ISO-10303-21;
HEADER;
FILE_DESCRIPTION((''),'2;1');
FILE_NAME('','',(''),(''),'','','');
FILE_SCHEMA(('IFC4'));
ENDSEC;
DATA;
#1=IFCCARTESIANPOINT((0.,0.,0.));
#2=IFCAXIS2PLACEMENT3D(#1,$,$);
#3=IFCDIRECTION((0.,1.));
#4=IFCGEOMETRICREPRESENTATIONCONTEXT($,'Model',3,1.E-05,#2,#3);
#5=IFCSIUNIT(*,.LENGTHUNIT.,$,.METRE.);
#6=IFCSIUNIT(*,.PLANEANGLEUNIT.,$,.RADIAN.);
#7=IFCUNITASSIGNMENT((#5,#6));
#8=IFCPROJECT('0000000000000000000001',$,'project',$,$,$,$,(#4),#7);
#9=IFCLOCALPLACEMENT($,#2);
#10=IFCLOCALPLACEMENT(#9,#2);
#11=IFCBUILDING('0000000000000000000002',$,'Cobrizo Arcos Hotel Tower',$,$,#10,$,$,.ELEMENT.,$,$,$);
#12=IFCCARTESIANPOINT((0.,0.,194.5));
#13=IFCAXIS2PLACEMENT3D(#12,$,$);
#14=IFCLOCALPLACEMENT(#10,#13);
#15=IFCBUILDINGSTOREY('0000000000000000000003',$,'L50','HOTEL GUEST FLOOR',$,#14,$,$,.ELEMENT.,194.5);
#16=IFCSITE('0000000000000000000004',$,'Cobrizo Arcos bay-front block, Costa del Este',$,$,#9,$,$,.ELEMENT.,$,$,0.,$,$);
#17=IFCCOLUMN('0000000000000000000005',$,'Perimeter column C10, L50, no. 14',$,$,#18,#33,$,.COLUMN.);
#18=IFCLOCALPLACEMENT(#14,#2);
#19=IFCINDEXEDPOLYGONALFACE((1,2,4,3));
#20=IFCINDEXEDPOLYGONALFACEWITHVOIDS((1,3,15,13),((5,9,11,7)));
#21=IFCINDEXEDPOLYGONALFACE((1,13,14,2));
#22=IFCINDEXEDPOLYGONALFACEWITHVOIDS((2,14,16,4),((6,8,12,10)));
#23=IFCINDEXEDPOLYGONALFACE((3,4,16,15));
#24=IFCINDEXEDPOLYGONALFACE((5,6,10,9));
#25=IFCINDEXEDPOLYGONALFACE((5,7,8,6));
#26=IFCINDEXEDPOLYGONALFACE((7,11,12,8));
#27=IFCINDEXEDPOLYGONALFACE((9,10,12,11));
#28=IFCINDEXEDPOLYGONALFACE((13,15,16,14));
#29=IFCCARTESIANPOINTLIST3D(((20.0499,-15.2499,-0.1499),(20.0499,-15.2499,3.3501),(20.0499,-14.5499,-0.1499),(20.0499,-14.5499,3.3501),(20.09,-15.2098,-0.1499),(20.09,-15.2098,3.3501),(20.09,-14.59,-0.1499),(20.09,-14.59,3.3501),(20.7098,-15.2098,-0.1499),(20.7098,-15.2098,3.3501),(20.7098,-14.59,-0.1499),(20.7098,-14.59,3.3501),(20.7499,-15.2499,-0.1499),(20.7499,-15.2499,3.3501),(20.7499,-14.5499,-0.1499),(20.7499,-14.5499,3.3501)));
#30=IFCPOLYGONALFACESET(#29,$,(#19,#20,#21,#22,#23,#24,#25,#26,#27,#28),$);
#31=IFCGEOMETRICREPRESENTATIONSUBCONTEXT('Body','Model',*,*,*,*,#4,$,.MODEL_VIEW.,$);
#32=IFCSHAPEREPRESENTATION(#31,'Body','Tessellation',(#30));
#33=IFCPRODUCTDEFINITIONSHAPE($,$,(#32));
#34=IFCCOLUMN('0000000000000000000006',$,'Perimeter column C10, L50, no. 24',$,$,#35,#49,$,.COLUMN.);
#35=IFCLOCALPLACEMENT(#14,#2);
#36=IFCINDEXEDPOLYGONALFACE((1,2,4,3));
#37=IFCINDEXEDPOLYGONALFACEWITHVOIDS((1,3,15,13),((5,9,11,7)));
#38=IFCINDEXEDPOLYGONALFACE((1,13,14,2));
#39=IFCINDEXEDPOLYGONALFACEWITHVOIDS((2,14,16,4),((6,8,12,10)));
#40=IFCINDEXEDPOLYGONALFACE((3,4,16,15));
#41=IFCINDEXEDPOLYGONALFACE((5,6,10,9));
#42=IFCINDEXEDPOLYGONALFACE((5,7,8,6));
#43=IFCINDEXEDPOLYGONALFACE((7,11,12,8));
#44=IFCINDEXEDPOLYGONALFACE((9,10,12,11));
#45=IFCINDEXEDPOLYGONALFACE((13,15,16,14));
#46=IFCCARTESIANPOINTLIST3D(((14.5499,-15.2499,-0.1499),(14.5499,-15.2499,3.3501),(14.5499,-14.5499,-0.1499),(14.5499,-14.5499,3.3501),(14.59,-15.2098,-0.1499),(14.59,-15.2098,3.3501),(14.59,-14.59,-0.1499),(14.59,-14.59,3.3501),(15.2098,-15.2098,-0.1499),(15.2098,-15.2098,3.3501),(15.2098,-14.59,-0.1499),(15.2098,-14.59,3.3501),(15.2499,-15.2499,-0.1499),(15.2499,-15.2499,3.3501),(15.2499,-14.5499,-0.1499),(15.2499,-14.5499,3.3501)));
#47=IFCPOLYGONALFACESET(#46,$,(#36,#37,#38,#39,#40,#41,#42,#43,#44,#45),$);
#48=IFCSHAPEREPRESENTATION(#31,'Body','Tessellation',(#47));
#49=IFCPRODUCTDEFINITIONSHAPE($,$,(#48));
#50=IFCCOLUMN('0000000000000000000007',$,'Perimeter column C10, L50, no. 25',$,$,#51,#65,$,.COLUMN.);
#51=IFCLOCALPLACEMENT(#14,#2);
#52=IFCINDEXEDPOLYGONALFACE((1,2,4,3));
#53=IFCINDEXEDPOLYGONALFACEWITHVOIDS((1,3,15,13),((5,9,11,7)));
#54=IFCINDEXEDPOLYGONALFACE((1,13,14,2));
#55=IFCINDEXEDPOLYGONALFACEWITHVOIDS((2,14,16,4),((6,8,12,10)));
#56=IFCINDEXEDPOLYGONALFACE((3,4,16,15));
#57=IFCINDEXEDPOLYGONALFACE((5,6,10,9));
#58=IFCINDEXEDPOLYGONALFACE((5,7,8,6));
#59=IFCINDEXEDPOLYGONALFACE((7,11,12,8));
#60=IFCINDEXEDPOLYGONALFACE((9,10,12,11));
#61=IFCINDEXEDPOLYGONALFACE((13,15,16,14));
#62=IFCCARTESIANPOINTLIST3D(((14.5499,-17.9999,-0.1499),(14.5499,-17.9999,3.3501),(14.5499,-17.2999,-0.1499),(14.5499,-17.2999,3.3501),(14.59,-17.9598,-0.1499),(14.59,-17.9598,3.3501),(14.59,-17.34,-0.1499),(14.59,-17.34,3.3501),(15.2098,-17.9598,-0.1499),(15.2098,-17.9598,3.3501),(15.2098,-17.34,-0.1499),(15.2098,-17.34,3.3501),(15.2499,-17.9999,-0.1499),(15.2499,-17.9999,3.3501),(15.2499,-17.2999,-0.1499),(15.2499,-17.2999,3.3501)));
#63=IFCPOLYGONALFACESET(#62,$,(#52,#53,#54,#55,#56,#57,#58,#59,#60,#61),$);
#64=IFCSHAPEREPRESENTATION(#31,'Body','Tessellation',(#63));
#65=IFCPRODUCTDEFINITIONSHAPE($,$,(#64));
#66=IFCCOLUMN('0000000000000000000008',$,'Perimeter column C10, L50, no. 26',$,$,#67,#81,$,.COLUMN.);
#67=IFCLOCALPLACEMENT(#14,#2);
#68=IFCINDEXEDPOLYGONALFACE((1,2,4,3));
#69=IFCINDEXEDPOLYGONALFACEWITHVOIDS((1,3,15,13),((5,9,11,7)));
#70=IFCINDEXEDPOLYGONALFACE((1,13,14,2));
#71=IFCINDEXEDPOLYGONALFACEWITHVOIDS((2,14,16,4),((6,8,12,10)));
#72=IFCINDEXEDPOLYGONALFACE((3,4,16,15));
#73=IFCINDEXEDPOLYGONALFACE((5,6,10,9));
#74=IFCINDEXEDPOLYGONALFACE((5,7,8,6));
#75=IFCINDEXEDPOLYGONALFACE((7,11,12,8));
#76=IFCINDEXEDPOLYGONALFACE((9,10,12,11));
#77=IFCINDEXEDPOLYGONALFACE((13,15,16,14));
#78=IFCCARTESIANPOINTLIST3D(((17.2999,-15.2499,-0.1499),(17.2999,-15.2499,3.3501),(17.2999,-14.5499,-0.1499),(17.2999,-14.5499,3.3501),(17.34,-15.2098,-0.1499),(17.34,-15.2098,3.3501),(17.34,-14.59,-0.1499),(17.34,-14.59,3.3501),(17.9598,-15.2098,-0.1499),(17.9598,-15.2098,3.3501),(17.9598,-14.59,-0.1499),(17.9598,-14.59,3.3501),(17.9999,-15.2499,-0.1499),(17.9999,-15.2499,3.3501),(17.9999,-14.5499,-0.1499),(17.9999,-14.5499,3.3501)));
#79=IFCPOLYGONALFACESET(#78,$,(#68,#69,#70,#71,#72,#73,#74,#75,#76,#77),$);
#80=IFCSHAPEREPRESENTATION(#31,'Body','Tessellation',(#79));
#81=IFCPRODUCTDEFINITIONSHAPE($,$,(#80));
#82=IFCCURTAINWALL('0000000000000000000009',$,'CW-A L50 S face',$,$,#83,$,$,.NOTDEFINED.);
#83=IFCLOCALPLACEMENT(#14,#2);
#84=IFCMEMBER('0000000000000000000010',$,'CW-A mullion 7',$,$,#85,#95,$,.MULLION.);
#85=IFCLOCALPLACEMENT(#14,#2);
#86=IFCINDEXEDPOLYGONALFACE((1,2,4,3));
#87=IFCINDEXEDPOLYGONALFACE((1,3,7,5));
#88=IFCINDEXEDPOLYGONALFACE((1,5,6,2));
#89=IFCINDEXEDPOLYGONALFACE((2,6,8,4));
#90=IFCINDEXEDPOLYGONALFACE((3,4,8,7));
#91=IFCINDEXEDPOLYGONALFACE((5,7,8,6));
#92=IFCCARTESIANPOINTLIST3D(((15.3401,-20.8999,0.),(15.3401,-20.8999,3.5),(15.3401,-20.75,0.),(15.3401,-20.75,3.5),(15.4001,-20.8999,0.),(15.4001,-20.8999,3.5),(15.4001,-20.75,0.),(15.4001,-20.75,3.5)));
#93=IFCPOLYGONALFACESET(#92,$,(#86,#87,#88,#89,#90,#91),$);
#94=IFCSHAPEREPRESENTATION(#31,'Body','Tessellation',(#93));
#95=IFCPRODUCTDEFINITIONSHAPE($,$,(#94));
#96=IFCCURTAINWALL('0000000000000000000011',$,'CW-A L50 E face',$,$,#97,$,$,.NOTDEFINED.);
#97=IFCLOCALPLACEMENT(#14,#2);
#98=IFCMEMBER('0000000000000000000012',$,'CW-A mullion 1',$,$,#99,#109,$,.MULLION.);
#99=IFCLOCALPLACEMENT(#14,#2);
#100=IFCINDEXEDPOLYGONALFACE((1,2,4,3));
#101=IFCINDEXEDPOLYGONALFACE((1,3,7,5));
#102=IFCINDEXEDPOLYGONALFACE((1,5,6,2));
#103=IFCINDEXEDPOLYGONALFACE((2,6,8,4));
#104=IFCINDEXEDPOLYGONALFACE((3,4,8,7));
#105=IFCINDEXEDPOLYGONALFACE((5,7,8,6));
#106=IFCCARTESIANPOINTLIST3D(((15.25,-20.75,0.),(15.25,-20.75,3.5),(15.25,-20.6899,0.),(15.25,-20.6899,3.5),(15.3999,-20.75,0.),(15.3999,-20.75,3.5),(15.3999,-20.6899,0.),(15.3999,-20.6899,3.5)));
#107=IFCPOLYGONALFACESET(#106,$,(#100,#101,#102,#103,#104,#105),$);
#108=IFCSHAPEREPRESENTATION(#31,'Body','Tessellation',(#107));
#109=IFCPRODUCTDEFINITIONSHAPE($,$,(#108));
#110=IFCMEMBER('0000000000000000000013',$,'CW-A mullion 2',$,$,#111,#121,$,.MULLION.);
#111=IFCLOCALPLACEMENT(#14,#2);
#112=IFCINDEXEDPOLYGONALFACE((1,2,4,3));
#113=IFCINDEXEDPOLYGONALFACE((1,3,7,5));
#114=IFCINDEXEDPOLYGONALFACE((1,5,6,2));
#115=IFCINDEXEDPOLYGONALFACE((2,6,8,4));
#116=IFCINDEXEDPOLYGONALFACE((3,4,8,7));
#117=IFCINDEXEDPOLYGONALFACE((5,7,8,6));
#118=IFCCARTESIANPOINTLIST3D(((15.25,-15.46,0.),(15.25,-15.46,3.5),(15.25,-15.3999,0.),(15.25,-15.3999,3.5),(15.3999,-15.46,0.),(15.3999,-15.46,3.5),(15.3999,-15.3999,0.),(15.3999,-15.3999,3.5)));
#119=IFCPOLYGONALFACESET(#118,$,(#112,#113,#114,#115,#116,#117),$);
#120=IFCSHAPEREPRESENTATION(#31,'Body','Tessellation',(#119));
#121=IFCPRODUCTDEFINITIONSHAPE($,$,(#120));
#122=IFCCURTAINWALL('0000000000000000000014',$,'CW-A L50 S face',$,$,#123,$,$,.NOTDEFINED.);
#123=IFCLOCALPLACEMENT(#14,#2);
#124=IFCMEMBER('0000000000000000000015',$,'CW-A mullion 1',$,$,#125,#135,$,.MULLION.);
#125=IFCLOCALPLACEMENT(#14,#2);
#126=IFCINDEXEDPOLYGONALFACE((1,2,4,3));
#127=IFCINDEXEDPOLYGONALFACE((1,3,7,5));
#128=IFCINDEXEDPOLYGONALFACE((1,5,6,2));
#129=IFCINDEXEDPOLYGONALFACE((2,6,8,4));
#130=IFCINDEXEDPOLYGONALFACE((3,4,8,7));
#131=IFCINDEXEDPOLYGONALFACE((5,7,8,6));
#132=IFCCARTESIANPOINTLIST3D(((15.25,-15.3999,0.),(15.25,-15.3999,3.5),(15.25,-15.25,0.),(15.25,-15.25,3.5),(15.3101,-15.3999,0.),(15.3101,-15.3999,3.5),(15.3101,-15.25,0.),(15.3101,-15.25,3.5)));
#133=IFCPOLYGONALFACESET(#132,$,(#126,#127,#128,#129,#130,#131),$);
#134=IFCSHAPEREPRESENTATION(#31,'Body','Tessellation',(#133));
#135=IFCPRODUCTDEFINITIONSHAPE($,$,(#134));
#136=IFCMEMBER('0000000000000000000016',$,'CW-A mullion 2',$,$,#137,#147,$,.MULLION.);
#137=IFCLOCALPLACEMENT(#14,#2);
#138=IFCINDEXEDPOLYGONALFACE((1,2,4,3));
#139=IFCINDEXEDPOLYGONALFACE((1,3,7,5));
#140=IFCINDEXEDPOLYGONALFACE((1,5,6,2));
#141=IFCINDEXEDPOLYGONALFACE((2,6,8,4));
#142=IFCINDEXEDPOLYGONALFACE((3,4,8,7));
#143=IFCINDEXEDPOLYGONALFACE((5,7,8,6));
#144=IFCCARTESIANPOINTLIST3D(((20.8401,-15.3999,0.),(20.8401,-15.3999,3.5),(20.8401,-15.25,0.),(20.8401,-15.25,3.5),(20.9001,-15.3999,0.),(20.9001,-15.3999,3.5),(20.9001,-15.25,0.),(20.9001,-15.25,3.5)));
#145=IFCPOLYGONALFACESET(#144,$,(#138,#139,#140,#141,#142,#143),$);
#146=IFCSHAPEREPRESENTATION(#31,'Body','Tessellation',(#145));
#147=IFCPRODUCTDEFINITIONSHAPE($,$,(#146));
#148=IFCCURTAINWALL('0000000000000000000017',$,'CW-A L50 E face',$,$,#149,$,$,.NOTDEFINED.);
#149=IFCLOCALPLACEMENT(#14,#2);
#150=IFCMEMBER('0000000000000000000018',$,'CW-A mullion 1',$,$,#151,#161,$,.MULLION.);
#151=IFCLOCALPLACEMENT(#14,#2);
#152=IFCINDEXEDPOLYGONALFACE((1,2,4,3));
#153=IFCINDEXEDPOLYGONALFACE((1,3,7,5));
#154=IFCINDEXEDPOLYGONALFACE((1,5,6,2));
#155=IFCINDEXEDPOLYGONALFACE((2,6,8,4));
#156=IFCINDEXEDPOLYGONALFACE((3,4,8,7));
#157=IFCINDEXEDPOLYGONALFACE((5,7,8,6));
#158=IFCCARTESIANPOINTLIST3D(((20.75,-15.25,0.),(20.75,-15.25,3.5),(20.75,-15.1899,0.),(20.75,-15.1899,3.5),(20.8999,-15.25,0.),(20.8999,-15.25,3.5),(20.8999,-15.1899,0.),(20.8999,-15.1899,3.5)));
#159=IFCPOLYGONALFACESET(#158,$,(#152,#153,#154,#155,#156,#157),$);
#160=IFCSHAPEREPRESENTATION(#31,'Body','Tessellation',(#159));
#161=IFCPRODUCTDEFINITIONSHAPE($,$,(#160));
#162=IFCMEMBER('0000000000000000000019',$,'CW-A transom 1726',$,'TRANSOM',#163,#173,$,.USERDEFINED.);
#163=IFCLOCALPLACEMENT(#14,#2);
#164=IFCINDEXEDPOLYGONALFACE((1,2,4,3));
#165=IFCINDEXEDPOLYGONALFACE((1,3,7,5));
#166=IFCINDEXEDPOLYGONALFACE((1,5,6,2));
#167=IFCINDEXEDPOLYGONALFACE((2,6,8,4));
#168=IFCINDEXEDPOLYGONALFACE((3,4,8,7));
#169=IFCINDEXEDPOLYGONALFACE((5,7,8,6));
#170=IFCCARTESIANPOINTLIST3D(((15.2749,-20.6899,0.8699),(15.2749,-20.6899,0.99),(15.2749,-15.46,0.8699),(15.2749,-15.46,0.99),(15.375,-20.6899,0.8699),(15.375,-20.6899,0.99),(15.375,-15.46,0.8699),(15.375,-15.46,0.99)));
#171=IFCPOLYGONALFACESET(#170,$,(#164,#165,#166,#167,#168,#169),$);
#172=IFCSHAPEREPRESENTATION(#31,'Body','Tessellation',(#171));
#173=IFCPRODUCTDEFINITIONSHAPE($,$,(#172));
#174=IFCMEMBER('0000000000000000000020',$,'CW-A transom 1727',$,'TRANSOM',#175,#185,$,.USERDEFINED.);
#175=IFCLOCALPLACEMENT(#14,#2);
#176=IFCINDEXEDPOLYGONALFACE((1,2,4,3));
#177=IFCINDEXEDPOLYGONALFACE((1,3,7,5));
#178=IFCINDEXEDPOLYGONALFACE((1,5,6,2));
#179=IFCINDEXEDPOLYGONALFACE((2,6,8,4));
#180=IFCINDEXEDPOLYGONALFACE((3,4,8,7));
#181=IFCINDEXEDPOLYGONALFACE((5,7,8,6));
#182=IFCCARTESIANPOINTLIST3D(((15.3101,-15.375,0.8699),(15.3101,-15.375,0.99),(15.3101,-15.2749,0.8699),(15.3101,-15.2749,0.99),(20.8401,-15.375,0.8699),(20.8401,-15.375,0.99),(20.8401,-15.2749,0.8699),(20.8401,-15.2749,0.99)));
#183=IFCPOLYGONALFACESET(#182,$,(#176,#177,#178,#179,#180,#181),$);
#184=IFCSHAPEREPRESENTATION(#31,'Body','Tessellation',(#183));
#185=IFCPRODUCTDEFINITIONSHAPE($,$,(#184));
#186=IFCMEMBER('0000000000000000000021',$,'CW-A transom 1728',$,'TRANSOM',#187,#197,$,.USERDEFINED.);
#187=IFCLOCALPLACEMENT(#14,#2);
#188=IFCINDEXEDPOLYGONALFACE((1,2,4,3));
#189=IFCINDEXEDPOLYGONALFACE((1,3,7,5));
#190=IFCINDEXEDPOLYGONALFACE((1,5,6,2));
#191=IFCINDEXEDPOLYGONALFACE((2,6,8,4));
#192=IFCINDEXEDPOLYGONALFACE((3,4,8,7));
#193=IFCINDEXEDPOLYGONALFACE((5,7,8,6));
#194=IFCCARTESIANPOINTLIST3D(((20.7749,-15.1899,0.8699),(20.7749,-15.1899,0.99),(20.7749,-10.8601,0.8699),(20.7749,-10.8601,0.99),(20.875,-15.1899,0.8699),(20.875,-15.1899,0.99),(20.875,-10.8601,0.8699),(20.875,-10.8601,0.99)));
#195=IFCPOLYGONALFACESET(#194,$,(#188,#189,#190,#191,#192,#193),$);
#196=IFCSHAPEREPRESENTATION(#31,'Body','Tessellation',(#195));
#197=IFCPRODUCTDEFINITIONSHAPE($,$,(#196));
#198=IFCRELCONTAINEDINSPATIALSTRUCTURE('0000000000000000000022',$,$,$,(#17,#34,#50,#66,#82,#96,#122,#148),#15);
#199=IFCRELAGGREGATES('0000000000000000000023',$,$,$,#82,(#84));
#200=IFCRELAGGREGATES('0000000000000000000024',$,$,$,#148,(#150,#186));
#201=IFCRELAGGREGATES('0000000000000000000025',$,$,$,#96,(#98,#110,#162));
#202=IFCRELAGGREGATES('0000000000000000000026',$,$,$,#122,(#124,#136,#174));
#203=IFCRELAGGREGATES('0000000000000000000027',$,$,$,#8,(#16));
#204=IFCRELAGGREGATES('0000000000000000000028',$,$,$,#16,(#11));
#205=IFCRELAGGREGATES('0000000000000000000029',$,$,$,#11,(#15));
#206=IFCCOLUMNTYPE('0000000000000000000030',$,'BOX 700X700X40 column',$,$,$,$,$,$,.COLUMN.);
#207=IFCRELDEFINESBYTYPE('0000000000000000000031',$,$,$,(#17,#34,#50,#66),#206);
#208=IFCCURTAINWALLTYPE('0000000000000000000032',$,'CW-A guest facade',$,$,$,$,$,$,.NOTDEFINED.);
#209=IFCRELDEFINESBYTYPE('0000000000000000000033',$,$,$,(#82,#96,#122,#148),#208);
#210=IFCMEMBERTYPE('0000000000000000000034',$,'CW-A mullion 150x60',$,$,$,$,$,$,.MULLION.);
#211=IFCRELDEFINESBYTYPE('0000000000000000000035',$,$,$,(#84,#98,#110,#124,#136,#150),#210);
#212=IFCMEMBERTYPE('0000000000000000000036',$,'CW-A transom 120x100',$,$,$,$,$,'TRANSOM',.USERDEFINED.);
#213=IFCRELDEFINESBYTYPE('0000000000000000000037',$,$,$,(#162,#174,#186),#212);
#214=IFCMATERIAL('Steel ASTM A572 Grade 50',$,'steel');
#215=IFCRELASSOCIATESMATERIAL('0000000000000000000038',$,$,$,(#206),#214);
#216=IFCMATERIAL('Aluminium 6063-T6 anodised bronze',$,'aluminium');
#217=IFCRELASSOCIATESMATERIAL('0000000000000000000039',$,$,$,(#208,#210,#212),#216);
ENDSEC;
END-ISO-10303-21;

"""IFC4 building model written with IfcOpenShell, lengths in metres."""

from ifc_helpers import new_model, si_unit, direction, frame, origin, origin_2d, place, context, subcontext, project, spatial, rectangle, hollow_rectangle, extrude, material, material_profile, profile_set, type_object, element, aggregate, save


model = new_model("IFC4")

# Units and contexts
model_context = context("Model", 3, precision=1e-05, world=origin(), true_north=direction((0.0, 1.0)))
body_context = subcontext(model_context, "Body", "Model", "MODEL_VIEW")
ifc_project = project(units=[si_unit("LENGTHUNIT", "METRE"), si_unit("PLANEANGLEUNIT", "RADIAN")], contexts=[model_context])

# Site, building, storey
site_placement = place(None, origin())
site = spatial("IfcSite", under=ifc_project, at=site_placement, Name="Cobrizo Arcos bay-front block, Costa del Este", CompositionType="ELEMENT", RefElevation=0.0)
building_placement = place(site_placement, origin())
building = spatial("IfcBuilding", under=site, at=building_placement, Name="Cobrizo Arcos Hotel Tower", CompositionType="ELEMENT")
storey_placement = place(building_placement, frame((0.0, 0.0, 194.5)))
storey = spatial("IfcBuildingStorey", under=building, at=storey_placement, Name="L50", Description="HOTEL GUEST FLOOR", CompositionType="ELEMENT", Elevation=194.5)

# Columns
ifc_material_1 = material(Name="Steel ASTM A572 Grade 50", Category="steel")
ifc_material_profile_1 = material_profile(ifc_material_1, hollow_rectangle(XDim=0.7, YDim=0.7, WallThickness=0.04, at=origin_2d()), Name="BOX 700X700X40")
ifc_profile_set_1 = profile_set([ifc_material_profile_1], Name="Steel ASTM A572 Grade 50")
column_type = type_object("IfcColumnType", Name="BOX 700X700X40 column", PredefinedType="COLUMN", material=ifc_profile_set_1)
for number, where, z_axis, x_axis, name in (
    (1, (20.3999, -14.8999, -0.1499), (0.0, 0.0, 1.0), (1.0, 0.0, 0.0), "Perimeter column C10, L50, no. 14"),
    (2, (14.8999, -14.8999, -0.1499), (0.0, 0.0, 1.0), (1.0, 0.0, 0.0), "Perimeter column C10, L50, no. 24"),
    (3, (14.8999, -17.6499, -0.1499), (0.0, 0.0, 1.0), (1.0, 0.0, 0.0), "Perimeter column C10, L50, no. 25"),
    (4, (17.6499, -14.8999, -0.1499), (0.0, 0.0, 1.0), (1.0, 0.0, 0.0), "Perimeter column C10, L50, no. 26"),
):
    element("IfcColumn", number, at=place(storey_placement, frame(where, z_axis=z_axis, x_axis=x_axis)), inside=storey, type_object=column_type, Name=name, PredefinedType="COLUMN", context=body_context, shape_type="SweptSolid", body=[
        extrude(hollow_rectangle(XDim=0.7, YDim=0.7, WallThickness=0.04, at=origin_2d()), origin(), (0.0, 0.0, 1.0), 3.5),
    ])

# Curtain wall, member
ifc_material_2 = material(Name="Aluminium 6063-T6 anodised bronze", Category="aluminium")
curtain_wall_type = type_object("IfcCurtainWallType", Name="CW-A guest facade", PredefinedType="NOTDEFINED", material=ifc_material_2)
curtain_wall_1_placement = place(storey_placement, origin())
curtain_wall_1 = element("IfcCurtainWall", 5, at=curtain_wall_1_placement, inside=storey, type_object=curtain_wall_type, Name="CW-A L50 S face", PredefinedType="NOTDEFINED")
ifc_material_profile_2 = material_profile(ifc_material_2, rectangle(XDim=0.1499, YDim=0.0601, at=origin_2d()), Name="CW-A mullion 150x60")
ifc_profile_set_2 = profile_set([ifc_material_profile_2], Name="Aluminium 6063-T6 anodised bronze")
member_type_1 = type_object("IfcMemberType", Name="CW-A mullion 150x60", PredefinedType="MULLION", material=ifc_profile_set_2)
member_1_placement = place(storey_placement, frame((15.3701, -20.825, 0.0), z_axis=(0.0, 0.0, 1.0), x_axis=(0.0, -1.0, 0.0)))
member_1 = element("IfcMember", 6, at=member_1_placement, type_object=member_type_1, Name="CW-A mullion 7", PredefinedType="MULLION", context=body_context, shape_type="SweptSolid", body=[
    extrude(rectangle(XDim=0.1499, YDim=0.0601, at=origin_2d()), origin(), (0.0, 0.0, 1.0), 3.5),
])
aggregate(curtain_wall_1, [member_1])

# Curtain walls, members
curtain_wall_2_placement = place(storey_placement, origin())
curtain_wall_2 = element("IfcCurtainWall", 7, at=curtain_wall_2_placement, inside=storey, type_object=curtain_wall_type, Name="CW-A L50 E face", PredefinedType="NOTDEFINED")
member_2_placement = place(storey_placement, frame((15.325, -20.72, 0.0), z_axis=(0.0, 0.0, 1.0), x_axis=(1.0, 0.0, 0.0)))
member_2 = element("IfcMember", 8, at=member_2_placement, type_object=member_type_1, Name="CW-A mullion 1", PredefinedType="MULLION", context=body_context, shape_type="SweptSolid", body=[
    extrude(rectangle(XDim=0.1499, YDim=0.0601, at=origin_2d()), origin(), (0.0, 0.0, 1.0), 3.5),
])
member_3_placement = place(storey_placement, frame((15.325, -15.4299, 0.0), z_axis=(0.0, 0.0, 1.0), x_axis=(1.0, 0.0, 0.0)))
member_3 = element("IfcMember", 9, at=member_3_placement, type_object=member_type_1, Name="CW-A mullion 2", PredefinedType="MULLION", context=body_context, shape_type="SweptSolid", body=[
    extrude(rectangle(XDim=0.1499, YDim=0.0601, at=origin_2d()), origin(), (0.0, 0.0, 1.0), 3.5),
])
curtain_wall_3_placement = place(storey_placement, origin())
curtain_wall_3 = element("IfcCurtainWall", 10, at=curtain_wall_3_placement, inside=storey, type_object=curtain_wall_type, Name="CW-A L50 S face", PredefinedType="NOTDEFINED")
member_4_placement = place(storey_placement, frame((15.28, -15.325, 0.0), z_axis=(0.0, 0.0, 1.0), x_axis=(0.0, -1.0, 0.0)))
member_4 = element("IfcMember", 11, at=member_4_placement, type_object=member_type_1, Name="CW-A mullion 1", PredefinedType="MULLION", context=body_context, shape_type="SweptSolid", body=[
    extrude(rectangle(XDim=0.1499, YDim=0.0601, at=origin_2d()), origin(), (0.0, 0.0, 1.0), 3.5),
])
member_5_placement = place(storey_placement, frame((20.8701, -15.325, 0.0), z_axis=(0.0, 0.0, 1.0), x_axis=(0.0, -1.0, 0.0)))
member_5 = element("IfcMember", 12, at=member_5_placement, type_object=member_type_1, Name="CW-A mullion 2", PredefinedType="MULLION", context=body_context, shape_type="SweptSolid", body=[
    extrude(rectangle(XDim=0.1499, YDim=0.0601, at=origin_2d()), origin(), (0.0, 0.0, 1.0), 3.5),
])

# Curtain wall, member
curtain_wall_4_placement = place(storey_placement, origin())
curtain_wall_4 = element("IfcCurtainWall", 13, at=curtain_wall_4_placement, inside=storey, type_object=curtain_wall_type, Name="CW-A L50 E face", PredefinedType="NOTDEFINED")
member_6_placement = place(storey_placement, frame((20.825, -15.22, 0.0), z_axis=(0.0, 0.0, 1.0), x_axis=(1.0, 0.0, 0.0)))
member_6 = element("IfcMember", 14, at=member_6_placement, type_object=member_type_1, Name="CW-A mullion 1", PredefinedType="MULLION", context=body_context, shape_type="SweptSolid", body=[
    extrude(rectangle(XDim=0.1499, YDim=0.0601, at=origin_2d()), origin(), (0.0, 0.0, 1.0), 3.5),
])

# Members
ifc_material_profile_3 = material_profile(ifc_material_2, rectangle(XDim=0.1001, YDim=0.1201, at=origin_2d()), Name="CW-A transom 120x100")
ifc_profile_set_3 = profile_set([ifc_material_profile_3], Name="Aluminium 6063-T6 anodised bronze")
member_type_2 = type_object("IfcMemberType", Name="CW-A transom 120x100", ElementType="TRANSOM", PredefinedType="USERDEFINED", material=ifc_profile_set_3)
member_7_placement = place(storey_placement, frame((15.325, -20.6899, 0.9299), z_axis=(0.0, 1.0, 0.0), x_axis=(-1.0, 0.0, 0.0)))
member_7 = element("IfcMember", 15, at=member_7_placement, type_object=member_type_2, Name="CW-A transom 1726", ObjectType="TRANSOM", PredefinedType="USERDEFINED", context=body_context, shape_type="SweptSolid", body=[
    extrude(rectangle(XDim=0.1001, YDim=0.1201, at=origin_2d()), origin(), (0.0, 0.0, 1.0), 5.23),
])
member_8_placement = place(storey_placement, frame((15.3101, -15.325, 0.9299), z_axis=(1.0, 0.0, 0.0), x_axis=(0.0, 1.0, 0.0)))
member_8 = element("IfcMember", 16, at=member_8_placement, type_object=member_type_2, Name="CW-A transom 1727", ObjectType="TRANSOM", PredefinedType="USERDEFINED", context=body_context, shape_type="SweptSolid", body=[
    extrude(rectangle(XDim=0.1001, YDim=0.1201, at=origin_2d()), origin(), (0.0, 0.0, 1.0), 5.53),
])
member_9_placement = place(storey_placement, frame((20.825, -15.1899, 0.9299), z_axis=(0.0, 1.0, 0.0), x_axis=(-1.0, 0.0, 0.0)))
member_9 = element("IfcMember", 17, at=member_9_placement, type_object=member_type_2, Name="CW-A transom 1728", ObjectType="TRANSOM", PredefinedType="USERDEFINED", context=body_context, shape_type="SweptSolid", body=[
    extrude(rectangle(XDim=0.1001, YDim=0.1201, at=origin_2d()), origin(), (0.0, 0.0, 1.0), 4.3298),
])
aggregate(curtain_wall_4, [member_6, member_9])

aggregate(curtain_wall_2, [member_2, member_3, member_7])
aggregate(curtain_wall_3, [member_4, member_5, member_8])

save(model, "model.ifc")
